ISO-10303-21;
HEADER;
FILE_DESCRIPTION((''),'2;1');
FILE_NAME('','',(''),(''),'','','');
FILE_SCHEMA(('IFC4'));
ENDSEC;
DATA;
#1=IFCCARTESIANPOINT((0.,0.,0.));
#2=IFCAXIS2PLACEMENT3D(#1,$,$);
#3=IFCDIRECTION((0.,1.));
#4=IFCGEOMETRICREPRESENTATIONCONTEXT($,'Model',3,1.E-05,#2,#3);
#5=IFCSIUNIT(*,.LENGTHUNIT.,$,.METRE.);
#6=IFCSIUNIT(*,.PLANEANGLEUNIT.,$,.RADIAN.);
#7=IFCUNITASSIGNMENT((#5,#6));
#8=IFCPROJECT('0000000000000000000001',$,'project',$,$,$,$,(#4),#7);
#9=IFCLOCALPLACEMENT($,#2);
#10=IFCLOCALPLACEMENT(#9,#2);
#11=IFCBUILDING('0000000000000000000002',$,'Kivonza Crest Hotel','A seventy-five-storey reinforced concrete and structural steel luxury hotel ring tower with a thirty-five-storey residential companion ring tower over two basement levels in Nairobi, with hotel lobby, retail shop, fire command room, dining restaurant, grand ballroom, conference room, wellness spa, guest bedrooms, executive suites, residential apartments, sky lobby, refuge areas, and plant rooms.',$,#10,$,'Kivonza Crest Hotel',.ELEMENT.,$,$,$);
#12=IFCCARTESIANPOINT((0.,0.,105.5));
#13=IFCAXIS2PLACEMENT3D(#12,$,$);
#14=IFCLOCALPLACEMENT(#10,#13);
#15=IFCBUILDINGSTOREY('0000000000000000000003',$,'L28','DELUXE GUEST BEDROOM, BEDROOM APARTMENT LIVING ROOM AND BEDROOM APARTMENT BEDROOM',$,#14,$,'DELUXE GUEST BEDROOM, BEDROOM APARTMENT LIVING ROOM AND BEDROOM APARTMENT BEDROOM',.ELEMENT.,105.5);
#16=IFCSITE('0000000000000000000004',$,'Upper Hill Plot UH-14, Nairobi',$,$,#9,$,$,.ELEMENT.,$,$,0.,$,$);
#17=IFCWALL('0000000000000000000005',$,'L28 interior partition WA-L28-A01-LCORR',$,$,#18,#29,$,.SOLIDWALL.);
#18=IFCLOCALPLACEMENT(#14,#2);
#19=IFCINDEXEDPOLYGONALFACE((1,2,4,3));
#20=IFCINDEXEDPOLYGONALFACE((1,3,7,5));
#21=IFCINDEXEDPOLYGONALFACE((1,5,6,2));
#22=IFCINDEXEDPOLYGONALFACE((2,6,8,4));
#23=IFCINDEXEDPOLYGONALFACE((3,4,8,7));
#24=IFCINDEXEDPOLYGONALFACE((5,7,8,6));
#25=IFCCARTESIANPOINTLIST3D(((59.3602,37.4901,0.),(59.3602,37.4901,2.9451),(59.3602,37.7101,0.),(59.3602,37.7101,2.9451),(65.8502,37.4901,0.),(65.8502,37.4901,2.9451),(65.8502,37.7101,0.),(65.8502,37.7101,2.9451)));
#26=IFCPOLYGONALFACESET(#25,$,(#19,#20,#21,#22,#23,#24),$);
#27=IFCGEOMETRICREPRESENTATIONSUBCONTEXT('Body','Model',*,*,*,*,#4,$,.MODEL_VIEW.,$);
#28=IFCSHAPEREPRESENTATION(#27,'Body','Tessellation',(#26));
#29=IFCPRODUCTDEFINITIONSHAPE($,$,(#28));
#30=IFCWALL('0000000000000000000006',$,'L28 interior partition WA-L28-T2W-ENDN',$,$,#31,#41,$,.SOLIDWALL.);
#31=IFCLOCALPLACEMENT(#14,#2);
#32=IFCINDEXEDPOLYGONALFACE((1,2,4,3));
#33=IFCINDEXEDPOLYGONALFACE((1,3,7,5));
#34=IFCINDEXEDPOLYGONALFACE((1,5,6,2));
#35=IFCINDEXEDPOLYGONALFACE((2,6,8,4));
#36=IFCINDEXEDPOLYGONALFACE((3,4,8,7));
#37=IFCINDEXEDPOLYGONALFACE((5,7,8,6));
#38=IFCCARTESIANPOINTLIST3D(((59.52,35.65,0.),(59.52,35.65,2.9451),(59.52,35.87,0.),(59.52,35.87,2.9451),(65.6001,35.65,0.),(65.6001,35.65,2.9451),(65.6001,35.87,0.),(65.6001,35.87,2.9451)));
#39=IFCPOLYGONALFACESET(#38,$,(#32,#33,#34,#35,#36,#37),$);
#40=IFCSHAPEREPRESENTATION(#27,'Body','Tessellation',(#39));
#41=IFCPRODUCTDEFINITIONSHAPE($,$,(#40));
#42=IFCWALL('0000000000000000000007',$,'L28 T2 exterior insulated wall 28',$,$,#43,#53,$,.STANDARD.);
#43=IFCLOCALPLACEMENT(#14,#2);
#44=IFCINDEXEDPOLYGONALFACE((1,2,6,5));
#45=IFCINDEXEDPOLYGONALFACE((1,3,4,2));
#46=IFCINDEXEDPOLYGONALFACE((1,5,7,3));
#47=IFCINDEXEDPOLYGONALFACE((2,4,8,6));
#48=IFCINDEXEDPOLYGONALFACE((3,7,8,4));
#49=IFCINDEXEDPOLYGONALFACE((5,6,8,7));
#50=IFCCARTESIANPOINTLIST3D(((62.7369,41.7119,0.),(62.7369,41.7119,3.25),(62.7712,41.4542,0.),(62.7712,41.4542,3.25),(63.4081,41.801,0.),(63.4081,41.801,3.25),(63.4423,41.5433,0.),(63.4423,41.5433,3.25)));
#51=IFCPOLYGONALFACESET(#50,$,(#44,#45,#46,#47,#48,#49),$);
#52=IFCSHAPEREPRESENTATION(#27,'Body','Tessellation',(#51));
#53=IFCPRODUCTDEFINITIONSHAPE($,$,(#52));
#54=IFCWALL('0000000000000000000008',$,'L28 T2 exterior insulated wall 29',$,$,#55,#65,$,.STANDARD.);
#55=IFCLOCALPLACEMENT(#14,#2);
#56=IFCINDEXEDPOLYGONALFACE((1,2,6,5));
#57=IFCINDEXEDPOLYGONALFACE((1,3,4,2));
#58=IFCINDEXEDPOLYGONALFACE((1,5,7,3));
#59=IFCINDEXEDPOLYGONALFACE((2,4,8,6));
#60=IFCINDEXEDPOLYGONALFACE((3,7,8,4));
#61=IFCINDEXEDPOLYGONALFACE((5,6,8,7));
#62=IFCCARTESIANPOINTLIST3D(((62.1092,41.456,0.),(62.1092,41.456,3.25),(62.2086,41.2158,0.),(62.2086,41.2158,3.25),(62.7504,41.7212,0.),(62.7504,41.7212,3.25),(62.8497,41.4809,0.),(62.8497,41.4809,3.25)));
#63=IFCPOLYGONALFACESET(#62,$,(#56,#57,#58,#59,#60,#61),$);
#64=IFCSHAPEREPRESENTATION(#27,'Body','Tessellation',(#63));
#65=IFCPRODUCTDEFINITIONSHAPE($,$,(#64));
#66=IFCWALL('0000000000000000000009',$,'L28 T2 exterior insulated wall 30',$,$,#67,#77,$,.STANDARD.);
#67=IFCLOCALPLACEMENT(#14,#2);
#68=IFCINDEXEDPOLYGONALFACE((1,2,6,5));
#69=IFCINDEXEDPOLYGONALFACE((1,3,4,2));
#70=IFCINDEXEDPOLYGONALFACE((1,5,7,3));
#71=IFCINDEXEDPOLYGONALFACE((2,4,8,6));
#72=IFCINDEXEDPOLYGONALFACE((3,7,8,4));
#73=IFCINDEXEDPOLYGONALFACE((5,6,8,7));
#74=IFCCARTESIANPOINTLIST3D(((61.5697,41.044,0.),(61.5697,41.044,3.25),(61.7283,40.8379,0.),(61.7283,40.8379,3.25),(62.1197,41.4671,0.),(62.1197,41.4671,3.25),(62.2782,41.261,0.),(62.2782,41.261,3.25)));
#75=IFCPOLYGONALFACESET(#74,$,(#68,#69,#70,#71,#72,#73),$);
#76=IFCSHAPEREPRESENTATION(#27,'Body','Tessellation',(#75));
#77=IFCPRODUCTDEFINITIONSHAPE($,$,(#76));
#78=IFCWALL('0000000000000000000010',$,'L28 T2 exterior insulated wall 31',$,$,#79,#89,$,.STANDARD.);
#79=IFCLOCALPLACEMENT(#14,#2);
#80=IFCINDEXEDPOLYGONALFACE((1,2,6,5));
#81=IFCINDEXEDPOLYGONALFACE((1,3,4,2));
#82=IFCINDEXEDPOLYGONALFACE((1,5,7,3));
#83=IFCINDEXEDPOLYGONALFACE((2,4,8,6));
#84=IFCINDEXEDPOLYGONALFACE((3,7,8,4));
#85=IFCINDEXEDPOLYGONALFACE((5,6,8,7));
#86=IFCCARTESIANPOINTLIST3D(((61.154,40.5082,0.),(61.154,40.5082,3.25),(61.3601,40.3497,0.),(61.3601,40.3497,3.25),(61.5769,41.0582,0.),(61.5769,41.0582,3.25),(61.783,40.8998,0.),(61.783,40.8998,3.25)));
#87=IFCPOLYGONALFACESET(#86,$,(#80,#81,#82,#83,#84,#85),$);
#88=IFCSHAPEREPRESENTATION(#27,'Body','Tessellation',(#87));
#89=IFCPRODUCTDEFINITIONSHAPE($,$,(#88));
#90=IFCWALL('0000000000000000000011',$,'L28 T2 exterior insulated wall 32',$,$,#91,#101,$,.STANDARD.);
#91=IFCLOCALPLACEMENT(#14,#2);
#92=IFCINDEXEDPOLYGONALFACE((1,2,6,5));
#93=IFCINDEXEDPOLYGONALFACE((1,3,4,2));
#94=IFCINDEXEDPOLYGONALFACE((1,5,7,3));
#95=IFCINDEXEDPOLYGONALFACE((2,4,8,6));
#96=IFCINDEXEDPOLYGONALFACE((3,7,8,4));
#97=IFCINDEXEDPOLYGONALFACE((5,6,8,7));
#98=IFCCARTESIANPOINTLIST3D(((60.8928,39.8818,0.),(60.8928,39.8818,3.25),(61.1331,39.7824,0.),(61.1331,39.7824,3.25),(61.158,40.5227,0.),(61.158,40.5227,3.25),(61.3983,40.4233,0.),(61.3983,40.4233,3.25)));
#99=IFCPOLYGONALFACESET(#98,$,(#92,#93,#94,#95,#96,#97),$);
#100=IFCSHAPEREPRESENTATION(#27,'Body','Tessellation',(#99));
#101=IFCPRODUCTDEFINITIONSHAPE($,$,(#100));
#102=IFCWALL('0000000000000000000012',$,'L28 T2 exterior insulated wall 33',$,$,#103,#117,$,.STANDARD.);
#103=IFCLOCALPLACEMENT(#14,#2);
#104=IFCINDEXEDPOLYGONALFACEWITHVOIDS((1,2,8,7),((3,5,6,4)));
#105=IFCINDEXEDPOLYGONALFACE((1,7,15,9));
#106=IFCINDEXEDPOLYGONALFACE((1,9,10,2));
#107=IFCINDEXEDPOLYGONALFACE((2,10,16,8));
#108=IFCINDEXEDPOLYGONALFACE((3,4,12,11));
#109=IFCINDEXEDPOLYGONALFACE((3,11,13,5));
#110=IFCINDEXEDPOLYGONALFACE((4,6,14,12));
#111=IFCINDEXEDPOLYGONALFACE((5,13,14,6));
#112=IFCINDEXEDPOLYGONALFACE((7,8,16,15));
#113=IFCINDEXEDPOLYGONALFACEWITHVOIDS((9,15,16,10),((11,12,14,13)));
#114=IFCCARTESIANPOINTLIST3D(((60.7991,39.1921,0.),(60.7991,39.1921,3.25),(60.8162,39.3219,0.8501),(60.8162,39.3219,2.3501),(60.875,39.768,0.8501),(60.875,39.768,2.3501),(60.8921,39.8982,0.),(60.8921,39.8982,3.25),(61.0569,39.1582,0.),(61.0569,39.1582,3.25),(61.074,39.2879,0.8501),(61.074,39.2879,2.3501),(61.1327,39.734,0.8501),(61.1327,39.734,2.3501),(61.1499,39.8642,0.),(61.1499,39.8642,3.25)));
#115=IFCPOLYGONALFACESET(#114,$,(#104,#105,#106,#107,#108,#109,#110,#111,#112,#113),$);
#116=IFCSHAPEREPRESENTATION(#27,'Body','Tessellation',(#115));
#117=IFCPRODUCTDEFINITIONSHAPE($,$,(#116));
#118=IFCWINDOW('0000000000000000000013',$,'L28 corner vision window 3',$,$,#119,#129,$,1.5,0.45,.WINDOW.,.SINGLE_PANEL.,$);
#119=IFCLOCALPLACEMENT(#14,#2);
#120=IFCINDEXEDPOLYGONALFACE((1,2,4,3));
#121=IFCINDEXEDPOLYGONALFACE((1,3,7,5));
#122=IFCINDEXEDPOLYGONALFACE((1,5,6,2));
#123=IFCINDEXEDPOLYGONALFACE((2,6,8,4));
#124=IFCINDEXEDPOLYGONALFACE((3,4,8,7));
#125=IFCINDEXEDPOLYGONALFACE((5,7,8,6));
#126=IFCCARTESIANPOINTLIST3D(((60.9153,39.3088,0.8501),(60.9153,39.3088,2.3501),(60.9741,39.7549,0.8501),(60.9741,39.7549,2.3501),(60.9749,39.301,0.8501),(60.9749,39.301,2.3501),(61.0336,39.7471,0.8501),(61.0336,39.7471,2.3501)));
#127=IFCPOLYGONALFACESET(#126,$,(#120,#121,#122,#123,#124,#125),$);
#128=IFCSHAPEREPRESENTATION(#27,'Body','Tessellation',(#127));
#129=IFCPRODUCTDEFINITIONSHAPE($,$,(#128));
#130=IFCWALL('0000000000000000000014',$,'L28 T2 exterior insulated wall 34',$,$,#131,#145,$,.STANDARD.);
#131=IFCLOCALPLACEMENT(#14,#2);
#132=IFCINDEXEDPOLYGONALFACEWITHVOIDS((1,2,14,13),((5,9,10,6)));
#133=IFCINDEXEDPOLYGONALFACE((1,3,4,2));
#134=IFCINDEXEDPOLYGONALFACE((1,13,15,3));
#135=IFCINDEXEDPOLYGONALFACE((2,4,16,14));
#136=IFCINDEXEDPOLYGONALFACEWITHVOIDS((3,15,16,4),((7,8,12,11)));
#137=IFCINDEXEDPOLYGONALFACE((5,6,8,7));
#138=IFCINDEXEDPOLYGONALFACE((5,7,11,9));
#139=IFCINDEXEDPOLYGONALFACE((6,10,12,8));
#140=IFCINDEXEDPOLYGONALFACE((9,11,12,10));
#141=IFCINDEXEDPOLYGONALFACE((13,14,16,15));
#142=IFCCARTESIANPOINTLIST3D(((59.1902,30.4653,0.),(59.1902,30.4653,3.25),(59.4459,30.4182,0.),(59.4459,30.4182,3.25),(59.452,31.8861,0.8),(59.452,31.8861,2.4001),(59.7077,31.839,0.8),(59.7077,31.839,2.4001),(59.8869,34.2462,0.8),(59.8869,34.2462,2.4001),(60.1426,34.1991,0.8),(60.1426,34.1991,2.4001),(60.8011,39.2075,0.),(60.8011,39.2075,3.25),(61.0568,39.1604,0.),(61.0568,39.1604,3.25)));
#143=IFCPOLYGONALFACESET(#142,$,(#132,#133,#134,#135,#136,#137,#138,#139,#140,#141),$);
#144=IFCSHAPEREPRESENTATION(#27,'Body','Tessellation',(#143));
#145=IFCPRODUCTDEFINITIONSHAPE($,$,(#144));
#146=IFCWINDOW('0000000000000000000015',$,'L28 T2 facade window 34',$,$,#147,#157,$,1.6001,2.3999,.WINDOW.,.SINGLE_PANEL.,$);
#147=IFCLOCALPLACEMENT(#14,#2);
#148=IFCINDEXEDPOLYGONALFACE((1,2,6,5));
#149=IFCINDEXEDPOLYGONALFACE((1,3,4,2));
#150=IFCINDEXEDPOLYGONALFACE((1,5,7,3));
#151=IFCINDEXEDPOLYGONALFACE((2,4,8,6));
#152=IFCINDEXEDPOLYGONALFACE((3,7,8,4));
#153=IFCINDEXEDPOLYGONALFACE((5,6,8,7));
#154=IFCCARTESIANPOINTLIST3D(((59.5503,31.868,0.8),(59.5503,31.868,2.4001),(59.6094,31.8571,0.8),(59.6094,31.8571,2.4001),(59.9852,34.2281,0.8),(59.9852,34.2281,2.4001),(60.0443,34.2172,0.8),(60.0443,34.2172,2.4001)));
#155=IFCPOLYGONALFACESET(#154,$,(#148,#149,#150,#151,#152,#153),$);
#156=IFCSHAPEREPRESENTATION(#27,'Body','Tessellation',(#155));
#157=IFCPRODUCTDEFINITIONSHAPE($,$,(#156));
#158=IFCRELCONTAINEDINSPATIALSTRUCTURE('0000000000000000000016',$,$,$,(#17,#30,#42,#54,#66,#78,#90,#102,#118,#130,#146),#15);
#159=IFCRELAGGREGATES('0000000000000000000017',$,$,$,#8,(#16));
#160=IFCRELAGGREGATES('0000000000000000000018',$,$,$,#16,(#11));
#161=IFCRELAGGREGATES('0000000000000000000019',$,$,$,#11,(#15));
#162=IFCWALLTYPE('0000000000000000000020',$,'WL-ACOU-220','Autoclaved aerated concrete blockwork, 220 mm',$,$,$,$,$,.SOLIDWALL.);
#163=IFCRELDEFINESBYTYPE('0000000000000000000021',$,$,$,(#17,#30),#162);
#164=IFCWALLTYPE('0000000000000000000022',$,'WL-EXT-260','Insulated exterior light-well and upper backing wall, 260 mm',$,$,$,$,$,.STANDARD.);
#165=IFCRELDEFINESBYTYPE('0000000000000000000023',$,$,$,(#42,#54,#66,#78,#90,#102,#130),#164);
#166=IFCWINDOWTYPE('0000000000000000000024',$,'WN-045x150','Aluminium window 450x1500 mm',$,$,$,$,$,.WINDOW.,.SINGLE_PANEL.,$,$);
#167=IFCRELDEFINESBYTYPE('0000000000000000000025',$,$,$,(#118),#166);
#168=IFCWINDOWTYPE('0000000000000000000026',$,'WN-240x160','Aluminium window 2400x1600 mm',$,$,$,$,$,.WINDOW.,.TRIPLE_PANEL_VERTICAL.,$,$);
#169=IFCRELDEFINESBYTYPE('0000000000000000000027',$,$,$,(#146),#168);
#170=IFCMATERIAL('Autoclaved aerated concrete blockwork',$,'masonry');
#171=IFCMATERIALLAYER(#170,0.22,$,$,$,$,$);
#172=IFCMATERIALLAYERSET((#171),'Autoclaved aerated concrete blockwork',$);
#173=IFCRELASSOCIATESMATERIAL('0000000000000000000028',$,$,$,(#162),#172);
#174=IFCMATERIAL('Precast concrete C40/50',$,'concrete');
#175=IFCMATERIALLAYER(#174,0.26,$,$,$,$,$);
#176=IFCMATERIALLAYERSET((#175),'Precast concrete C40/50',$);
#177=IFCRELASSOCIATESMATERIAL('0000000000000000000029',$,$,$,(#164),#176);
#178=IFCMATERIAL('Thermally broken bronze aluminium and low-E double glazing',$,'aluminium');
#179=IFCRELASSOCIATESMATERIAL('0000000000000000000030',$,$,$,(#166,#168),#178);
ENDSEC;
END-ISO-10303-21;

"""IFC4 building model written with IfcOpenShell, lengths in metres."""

from ifc_helpers import new_model, si_unit, direction, frame, frame_2d, origin, place, context, subcontext, project, spatial, rectangle, extrude, material, layer, layer_set, type_object, element, fill, save


model = new_model("IFC4")

# Units and contexts
model_context = context("Model", 3, precision=1e-05, world=origin(), true_north=direction((0.0, 1.0)))
body_context = subcontext(model_context, "Body", "Model", "MODEL_VIEW")
ifc_project = project(units=[si_unit("LENGTHUNIT", "METRE"), si_unit("PLANEANGLEUNIT", "RADIAN")], contexts=[model_context])

# Site, building, storey
site_placement = place(None, origin())
site = spatial("IfcSite", under=ifc_project, at=site_placement, Name="Upper Hill Plot UH-14, Nairobi", CompositionType="ELEMENT", RefElevation=0.0)
building_placement = place(site_placement, origin())
building = spatial("IfcBuilding", under=site, at=building_placement, Name="Kivonza Crest Hotel", Description="A seventy-five-storey reinforced concrete and structural steel luxury hotel ring tower with a thirty-five-storey residential companion ring tower over two basement levels in Nairobi, with hotel lobby, retail shop, fire command room, dining restaurant, grand ballroom, conference room, wellness spa, guest bedrooms, executive suites, residential apartments, sky lobby, refuge areas, and plant rooms.", LongName="Kivonza Crest Hotel", CompositionType="ELEMENT")
storey_placement = place(building_placement, frame((0.0, 0.0, 105.5)))
storey = spatial("IfcBuildingStorey", under=building, at=storey_placement, Name="L28", Description="DELUXE GUEST BEDROOM, BEDROOM APARTMENT LIVING ROOM AND BEDROOM APARTMENT BEDROOM", LongName="DELUXE GUEST BEDROOM, BEDROOM APARTMENT LIVING ROOM AND BEDROOM APARTMENT BEDROOM", CompositionType="ELEMENT", Elevation=105.5)

# Walls
ifc_material_1 = material(Name="Autoclaved aerated concrete blockwork", Category="masonry")
ifc_layer_1 = layer(ifc_material_1, 0.22)
ifc_layer_set_1 = layer_set([ifc_layer_1], Name="Autoclaved aerated concrete blockwork")
wall_type_1 = type_object("IfcWallType", Name="WL-ACOU-220", Description="Autoclaved aerated concrete blockwork, 220 mm", PredefinedType="SOLIDWALL", material=ifc_layer_set_1)
wall_1_placement = place(storey_placement, frame((59.3601, 37.6001, 0.0), z_axis=(0.0, 0.0, 1.0), x_axis=(1.0, 0.0, 0.0)))
element("IfcWall", 1, at=wall_1_placement, inside=storey, type_object=wall_type_1, Name="L28 interior partition WA-L28-A01-LCORR", PredefinedType="SOLIDWALL", context=body_context, shape_type="SweptSolid", body=[
    extrude(rectangle(XDim=6.49, YDim=0.22, at=frame_2d((3.2451, 0.0))), origin(), (0.0, 0.0, 1.0), 2.9451),
])
wall_2_placement = place(storey_placement, frame((59.52, 35.76, 0.0), z_axis=(0.0, 0.0, 1.0), x_axis=(1.0, 0.0, 0.0)))
element("IfcWall", 2, at=wall_2_placement, inside=storey, type_object=wall_type_1, Name="L28 interior partition WA-L28-T2W-ENDN", PredefinedType="SOLIDWALL", context=body_context, shape_type="SweptSolid", body=[
    extrude(rectangle(XDim=6.0801, YDim=0.22, at=frame_2d((3.04, 0.0))), origin(), (0.0, 0.0, 1.0), 2.9451),
])
ifc_material_2 = material(Name="Precast concrete C40/50", Category="concrete")
ifc_layer_2 = layer(ifc_material_2, 0.26)
ifc_layer_set_2 = layer_set([ifc_layer_2], Name="Precast concrete C40/50")
wall_type_2 = type_object("IfcWallType", Name="WL-EXT-260", Description="Insulated exterior light-well and upper backing wall, 260 mm", PredefinedType="STANDARD", material=ifc_layer_set_2)
wall_3_placement = place(storey_placement, frame((63.425, 41.6721, 0.0), z_axis=(0.0, 0.0, 1.0), x_axis=(-0.9913, -0.13162, 0.0)))
element("IfcWall", 3, at=wall_3_placement, inside=storey, type_object=wall_type_2, Name="L28 T2 exterior insulated wall 28", PredefinedType="STANDARD", context=body_context, shape_type="SweptSolid", body=[
    extrude(rectangle(XDim=0.677, YDim=0.26, at=frame_2d((0.3384, 0.0))), origin(), (0.0, 0.0, 1.0), 3.25),
])
for number, where, z_axis, x_axis, name in (
    (4, (62.8, 41.6011, 0.0), (0.0, 0.0, 1.0), (-0.924094, -0.382165, 0.0), "L28 T2 exterior insulated wall 29"),
    (5, (62.199, 41.364, 0.0), (0.0, 0.0, 1.0), (-0.792637, -0.609694, 0.0), "L28 T2 exterior insulated wall 30"),
    (6, (61.6799, 40.979, 0.0), (0.0, 0.0, 1.0), (-0.609473, -0.792807, 0.0), "L28 T2 exterior insulated wall 31"),
):
    element("IfcWall", number, at=place(storey_placement, frame(where, z_axis=z_axis, x_axis=x_axis)), inside=storey, type_object=wall_type_2, Name=name, PredefinedType="STANDARD", context=body_context, shape_type="SweptSolid", body=[
        extrude(rectangle(XDim=0.6938, YDim=0.26, at=frame_2d((0.3469, 0.0))), origin(), (0.0, 0.0, 1.0), 3.25),
    ])
wall_4_placement = place(storey_placement, frame((61.2781, 40.4729, 0.0), z_axis=(0.0, 0.0, 1.0), x_axis=(-0.38229, -0.924043, 0.0)))
element("IfcWall", 7, at=wall_4_placement, inside=storey, type_object=wall_type_2, Name="L28 T2 exterior insulated wall 32", PredefinedType="STANDARD", context=body_context, shape_type="SweptSolid", body=[
    extrude(rectangle(XDim=0.6936, YDim=0.26, at=frame_2d((0.3467, 0.0))), origin(), (0.0, 0.0, 1.0), 3.25),
])

# Walls, openings, windows
wall_5_placement = place(storey_placement, frame((61.021, 39.8811, 0.0), z_axis=(0.0, 0.0, 1.0), x_axis=(-0.130614, -0.991433, 0.0)))
wall_5 = element("IfcWall", 8, at=wall_5_placement, inside=storey, type_object=wall_type_2, Name="L28 T2 exterior insulated wall 33", PredefinedType="STANDARD", context=body_context, shape_type="SweptSolid", body=[
    extrude(rectangle(XDim=0.7122, YDim=0.26, at=frame_2d((0.356, 0.0))), origin(), (0.0, 0.0, 1.0), 3.25),
])
opening_1_placement = place(wall_5_placement, frame((0.1311, 0.0, 0.8501)))
opening_1 = element("IfcOpeningElement", 9, at=opening_1_placement, cuts=wall_5, PredefinedType="OPENING", context=body_context, shape_type="SweptSolid", body=[
    extrude(rectangle(XDim=0.45, YDim=1.5, at=frame_2d((0.2251, 0.75))), frame((0.0, 0.1401, 0.0), z_axis=(0.0, -1.0, 0.0), x_axis=(1.0, 0.0, 0.0)), (0.0, 0.0, 1.0), 0.28),
])
ifc_material_3 = material(Name="Thermally broken bronze aluminium and low-E double glazing", Category="aluminium")
window_type_1 = type_object("IfcWindowType", Name="WN-045x150", Description="Aluminium window 450x1500 mm", PartitioningType="SINGLE_PANEL", PredefinedType="WINDOW", material=ifc_material_3)
window_1_placement = place(opening_1_placement, origin())
window_1 = element("IfcWindow", 10, at=window_1_placement, inside=storey, type_object=window_type_1, Name="L28 corner vision window 3", OverallHeight=1.5, OverallWidth=0.45, PartitioningType="SINGLE_PANEL", PredefinedType="WINDOW", context=body_context, shape_type="SweptSolid", body=[
    extrude(rectangle(XDim=0.45, YDim=1.5, at=frame_2d((0.2251, 0.75))), frame((0.0, 0.03, 0.0), z_axis=(0.0, -1.0, 0.0), x_axis=(1.0, 0.0, 0.0)), (0.0, 0.0, 1.0), 0.0601),
])
fill(opening_1, window_1)
wall_6_placement = place(storey_placement, frame((60.929, 39.1841, 0.0), z_axis=(0.0, 0.0, 1.0), x_axis=(-0.18121, -0.983444, 0.0)))
wall_6 = element("IfcWall", 11, at=wall_6_placement, inside=storey, type_object=wall_type_2, Name="L28 T2 exterior insulated wall 34", PredefinedType="STANDARD", context=body_context, shape_type="SweptSolid", body=[
    extrude(rectangle(XDim=8.8894, YDim=0.26, at=frame_2d((4.4448, 0.0))), origin(), (0.0, 0.0, 1.0), 3.25),
])
opening_2_placement = place(wall_6_placement, frame((5.0449, 0.0, 0.8)))
opening_2 = element("IfcOpeningElement", 12, at=opening_2_placement, cuts=wall_6, PredefinedType="OPENING", context=body_context, shape_type="SweptSolid", body=[
    extrude(rectangle(XDim=2.3999, YDim=1.6001, at=frame_2d((1.2, 0.8))), frame((0.0, 0.1401, 0.0), z_axis=(0.0, -1.0, 0.0), x_axis=(1.0, 0.0, 0.0)), (0.0, 0.0, 1.0), 0.28),
])
window_type_2 = type_object("IfcWindowType", Name="WN-240x160", Description="Aluminium window 2400x1600 mm", PartitioningType="TRIPLE_PANEL_VERTICAL", PredefinedType="WINDOW", material=ifc_material_3)
window_2_placement = place(opening_2_placement, origin())
window_2 = element("IfcWindow", 13, at=window_2_placement, inside=storey, type_object=window_type_2, Name="L28 T2 facade window 34", OverallHeight=1.6001, OverallWidth=2.3999, PartitioningType="SINGLE_PANEL", PredefinedType="WINDOW", context=body_context, shape_type="SweptSolid", body=[
    extrude(rectangle(XDim=2.3999, YDim=1.6001, at=frame_2d((1.2, 0.8))), frame((0.0, 0.03, 0.0), z_axis=(0.0, -1.0, 0.0), x_axis=(1.0, 0.0, 0.0)), (0.0, 0.0, 1.0), 0.0601),
])
fill(opening_2, window_2)

save(model, "model.ifc")
